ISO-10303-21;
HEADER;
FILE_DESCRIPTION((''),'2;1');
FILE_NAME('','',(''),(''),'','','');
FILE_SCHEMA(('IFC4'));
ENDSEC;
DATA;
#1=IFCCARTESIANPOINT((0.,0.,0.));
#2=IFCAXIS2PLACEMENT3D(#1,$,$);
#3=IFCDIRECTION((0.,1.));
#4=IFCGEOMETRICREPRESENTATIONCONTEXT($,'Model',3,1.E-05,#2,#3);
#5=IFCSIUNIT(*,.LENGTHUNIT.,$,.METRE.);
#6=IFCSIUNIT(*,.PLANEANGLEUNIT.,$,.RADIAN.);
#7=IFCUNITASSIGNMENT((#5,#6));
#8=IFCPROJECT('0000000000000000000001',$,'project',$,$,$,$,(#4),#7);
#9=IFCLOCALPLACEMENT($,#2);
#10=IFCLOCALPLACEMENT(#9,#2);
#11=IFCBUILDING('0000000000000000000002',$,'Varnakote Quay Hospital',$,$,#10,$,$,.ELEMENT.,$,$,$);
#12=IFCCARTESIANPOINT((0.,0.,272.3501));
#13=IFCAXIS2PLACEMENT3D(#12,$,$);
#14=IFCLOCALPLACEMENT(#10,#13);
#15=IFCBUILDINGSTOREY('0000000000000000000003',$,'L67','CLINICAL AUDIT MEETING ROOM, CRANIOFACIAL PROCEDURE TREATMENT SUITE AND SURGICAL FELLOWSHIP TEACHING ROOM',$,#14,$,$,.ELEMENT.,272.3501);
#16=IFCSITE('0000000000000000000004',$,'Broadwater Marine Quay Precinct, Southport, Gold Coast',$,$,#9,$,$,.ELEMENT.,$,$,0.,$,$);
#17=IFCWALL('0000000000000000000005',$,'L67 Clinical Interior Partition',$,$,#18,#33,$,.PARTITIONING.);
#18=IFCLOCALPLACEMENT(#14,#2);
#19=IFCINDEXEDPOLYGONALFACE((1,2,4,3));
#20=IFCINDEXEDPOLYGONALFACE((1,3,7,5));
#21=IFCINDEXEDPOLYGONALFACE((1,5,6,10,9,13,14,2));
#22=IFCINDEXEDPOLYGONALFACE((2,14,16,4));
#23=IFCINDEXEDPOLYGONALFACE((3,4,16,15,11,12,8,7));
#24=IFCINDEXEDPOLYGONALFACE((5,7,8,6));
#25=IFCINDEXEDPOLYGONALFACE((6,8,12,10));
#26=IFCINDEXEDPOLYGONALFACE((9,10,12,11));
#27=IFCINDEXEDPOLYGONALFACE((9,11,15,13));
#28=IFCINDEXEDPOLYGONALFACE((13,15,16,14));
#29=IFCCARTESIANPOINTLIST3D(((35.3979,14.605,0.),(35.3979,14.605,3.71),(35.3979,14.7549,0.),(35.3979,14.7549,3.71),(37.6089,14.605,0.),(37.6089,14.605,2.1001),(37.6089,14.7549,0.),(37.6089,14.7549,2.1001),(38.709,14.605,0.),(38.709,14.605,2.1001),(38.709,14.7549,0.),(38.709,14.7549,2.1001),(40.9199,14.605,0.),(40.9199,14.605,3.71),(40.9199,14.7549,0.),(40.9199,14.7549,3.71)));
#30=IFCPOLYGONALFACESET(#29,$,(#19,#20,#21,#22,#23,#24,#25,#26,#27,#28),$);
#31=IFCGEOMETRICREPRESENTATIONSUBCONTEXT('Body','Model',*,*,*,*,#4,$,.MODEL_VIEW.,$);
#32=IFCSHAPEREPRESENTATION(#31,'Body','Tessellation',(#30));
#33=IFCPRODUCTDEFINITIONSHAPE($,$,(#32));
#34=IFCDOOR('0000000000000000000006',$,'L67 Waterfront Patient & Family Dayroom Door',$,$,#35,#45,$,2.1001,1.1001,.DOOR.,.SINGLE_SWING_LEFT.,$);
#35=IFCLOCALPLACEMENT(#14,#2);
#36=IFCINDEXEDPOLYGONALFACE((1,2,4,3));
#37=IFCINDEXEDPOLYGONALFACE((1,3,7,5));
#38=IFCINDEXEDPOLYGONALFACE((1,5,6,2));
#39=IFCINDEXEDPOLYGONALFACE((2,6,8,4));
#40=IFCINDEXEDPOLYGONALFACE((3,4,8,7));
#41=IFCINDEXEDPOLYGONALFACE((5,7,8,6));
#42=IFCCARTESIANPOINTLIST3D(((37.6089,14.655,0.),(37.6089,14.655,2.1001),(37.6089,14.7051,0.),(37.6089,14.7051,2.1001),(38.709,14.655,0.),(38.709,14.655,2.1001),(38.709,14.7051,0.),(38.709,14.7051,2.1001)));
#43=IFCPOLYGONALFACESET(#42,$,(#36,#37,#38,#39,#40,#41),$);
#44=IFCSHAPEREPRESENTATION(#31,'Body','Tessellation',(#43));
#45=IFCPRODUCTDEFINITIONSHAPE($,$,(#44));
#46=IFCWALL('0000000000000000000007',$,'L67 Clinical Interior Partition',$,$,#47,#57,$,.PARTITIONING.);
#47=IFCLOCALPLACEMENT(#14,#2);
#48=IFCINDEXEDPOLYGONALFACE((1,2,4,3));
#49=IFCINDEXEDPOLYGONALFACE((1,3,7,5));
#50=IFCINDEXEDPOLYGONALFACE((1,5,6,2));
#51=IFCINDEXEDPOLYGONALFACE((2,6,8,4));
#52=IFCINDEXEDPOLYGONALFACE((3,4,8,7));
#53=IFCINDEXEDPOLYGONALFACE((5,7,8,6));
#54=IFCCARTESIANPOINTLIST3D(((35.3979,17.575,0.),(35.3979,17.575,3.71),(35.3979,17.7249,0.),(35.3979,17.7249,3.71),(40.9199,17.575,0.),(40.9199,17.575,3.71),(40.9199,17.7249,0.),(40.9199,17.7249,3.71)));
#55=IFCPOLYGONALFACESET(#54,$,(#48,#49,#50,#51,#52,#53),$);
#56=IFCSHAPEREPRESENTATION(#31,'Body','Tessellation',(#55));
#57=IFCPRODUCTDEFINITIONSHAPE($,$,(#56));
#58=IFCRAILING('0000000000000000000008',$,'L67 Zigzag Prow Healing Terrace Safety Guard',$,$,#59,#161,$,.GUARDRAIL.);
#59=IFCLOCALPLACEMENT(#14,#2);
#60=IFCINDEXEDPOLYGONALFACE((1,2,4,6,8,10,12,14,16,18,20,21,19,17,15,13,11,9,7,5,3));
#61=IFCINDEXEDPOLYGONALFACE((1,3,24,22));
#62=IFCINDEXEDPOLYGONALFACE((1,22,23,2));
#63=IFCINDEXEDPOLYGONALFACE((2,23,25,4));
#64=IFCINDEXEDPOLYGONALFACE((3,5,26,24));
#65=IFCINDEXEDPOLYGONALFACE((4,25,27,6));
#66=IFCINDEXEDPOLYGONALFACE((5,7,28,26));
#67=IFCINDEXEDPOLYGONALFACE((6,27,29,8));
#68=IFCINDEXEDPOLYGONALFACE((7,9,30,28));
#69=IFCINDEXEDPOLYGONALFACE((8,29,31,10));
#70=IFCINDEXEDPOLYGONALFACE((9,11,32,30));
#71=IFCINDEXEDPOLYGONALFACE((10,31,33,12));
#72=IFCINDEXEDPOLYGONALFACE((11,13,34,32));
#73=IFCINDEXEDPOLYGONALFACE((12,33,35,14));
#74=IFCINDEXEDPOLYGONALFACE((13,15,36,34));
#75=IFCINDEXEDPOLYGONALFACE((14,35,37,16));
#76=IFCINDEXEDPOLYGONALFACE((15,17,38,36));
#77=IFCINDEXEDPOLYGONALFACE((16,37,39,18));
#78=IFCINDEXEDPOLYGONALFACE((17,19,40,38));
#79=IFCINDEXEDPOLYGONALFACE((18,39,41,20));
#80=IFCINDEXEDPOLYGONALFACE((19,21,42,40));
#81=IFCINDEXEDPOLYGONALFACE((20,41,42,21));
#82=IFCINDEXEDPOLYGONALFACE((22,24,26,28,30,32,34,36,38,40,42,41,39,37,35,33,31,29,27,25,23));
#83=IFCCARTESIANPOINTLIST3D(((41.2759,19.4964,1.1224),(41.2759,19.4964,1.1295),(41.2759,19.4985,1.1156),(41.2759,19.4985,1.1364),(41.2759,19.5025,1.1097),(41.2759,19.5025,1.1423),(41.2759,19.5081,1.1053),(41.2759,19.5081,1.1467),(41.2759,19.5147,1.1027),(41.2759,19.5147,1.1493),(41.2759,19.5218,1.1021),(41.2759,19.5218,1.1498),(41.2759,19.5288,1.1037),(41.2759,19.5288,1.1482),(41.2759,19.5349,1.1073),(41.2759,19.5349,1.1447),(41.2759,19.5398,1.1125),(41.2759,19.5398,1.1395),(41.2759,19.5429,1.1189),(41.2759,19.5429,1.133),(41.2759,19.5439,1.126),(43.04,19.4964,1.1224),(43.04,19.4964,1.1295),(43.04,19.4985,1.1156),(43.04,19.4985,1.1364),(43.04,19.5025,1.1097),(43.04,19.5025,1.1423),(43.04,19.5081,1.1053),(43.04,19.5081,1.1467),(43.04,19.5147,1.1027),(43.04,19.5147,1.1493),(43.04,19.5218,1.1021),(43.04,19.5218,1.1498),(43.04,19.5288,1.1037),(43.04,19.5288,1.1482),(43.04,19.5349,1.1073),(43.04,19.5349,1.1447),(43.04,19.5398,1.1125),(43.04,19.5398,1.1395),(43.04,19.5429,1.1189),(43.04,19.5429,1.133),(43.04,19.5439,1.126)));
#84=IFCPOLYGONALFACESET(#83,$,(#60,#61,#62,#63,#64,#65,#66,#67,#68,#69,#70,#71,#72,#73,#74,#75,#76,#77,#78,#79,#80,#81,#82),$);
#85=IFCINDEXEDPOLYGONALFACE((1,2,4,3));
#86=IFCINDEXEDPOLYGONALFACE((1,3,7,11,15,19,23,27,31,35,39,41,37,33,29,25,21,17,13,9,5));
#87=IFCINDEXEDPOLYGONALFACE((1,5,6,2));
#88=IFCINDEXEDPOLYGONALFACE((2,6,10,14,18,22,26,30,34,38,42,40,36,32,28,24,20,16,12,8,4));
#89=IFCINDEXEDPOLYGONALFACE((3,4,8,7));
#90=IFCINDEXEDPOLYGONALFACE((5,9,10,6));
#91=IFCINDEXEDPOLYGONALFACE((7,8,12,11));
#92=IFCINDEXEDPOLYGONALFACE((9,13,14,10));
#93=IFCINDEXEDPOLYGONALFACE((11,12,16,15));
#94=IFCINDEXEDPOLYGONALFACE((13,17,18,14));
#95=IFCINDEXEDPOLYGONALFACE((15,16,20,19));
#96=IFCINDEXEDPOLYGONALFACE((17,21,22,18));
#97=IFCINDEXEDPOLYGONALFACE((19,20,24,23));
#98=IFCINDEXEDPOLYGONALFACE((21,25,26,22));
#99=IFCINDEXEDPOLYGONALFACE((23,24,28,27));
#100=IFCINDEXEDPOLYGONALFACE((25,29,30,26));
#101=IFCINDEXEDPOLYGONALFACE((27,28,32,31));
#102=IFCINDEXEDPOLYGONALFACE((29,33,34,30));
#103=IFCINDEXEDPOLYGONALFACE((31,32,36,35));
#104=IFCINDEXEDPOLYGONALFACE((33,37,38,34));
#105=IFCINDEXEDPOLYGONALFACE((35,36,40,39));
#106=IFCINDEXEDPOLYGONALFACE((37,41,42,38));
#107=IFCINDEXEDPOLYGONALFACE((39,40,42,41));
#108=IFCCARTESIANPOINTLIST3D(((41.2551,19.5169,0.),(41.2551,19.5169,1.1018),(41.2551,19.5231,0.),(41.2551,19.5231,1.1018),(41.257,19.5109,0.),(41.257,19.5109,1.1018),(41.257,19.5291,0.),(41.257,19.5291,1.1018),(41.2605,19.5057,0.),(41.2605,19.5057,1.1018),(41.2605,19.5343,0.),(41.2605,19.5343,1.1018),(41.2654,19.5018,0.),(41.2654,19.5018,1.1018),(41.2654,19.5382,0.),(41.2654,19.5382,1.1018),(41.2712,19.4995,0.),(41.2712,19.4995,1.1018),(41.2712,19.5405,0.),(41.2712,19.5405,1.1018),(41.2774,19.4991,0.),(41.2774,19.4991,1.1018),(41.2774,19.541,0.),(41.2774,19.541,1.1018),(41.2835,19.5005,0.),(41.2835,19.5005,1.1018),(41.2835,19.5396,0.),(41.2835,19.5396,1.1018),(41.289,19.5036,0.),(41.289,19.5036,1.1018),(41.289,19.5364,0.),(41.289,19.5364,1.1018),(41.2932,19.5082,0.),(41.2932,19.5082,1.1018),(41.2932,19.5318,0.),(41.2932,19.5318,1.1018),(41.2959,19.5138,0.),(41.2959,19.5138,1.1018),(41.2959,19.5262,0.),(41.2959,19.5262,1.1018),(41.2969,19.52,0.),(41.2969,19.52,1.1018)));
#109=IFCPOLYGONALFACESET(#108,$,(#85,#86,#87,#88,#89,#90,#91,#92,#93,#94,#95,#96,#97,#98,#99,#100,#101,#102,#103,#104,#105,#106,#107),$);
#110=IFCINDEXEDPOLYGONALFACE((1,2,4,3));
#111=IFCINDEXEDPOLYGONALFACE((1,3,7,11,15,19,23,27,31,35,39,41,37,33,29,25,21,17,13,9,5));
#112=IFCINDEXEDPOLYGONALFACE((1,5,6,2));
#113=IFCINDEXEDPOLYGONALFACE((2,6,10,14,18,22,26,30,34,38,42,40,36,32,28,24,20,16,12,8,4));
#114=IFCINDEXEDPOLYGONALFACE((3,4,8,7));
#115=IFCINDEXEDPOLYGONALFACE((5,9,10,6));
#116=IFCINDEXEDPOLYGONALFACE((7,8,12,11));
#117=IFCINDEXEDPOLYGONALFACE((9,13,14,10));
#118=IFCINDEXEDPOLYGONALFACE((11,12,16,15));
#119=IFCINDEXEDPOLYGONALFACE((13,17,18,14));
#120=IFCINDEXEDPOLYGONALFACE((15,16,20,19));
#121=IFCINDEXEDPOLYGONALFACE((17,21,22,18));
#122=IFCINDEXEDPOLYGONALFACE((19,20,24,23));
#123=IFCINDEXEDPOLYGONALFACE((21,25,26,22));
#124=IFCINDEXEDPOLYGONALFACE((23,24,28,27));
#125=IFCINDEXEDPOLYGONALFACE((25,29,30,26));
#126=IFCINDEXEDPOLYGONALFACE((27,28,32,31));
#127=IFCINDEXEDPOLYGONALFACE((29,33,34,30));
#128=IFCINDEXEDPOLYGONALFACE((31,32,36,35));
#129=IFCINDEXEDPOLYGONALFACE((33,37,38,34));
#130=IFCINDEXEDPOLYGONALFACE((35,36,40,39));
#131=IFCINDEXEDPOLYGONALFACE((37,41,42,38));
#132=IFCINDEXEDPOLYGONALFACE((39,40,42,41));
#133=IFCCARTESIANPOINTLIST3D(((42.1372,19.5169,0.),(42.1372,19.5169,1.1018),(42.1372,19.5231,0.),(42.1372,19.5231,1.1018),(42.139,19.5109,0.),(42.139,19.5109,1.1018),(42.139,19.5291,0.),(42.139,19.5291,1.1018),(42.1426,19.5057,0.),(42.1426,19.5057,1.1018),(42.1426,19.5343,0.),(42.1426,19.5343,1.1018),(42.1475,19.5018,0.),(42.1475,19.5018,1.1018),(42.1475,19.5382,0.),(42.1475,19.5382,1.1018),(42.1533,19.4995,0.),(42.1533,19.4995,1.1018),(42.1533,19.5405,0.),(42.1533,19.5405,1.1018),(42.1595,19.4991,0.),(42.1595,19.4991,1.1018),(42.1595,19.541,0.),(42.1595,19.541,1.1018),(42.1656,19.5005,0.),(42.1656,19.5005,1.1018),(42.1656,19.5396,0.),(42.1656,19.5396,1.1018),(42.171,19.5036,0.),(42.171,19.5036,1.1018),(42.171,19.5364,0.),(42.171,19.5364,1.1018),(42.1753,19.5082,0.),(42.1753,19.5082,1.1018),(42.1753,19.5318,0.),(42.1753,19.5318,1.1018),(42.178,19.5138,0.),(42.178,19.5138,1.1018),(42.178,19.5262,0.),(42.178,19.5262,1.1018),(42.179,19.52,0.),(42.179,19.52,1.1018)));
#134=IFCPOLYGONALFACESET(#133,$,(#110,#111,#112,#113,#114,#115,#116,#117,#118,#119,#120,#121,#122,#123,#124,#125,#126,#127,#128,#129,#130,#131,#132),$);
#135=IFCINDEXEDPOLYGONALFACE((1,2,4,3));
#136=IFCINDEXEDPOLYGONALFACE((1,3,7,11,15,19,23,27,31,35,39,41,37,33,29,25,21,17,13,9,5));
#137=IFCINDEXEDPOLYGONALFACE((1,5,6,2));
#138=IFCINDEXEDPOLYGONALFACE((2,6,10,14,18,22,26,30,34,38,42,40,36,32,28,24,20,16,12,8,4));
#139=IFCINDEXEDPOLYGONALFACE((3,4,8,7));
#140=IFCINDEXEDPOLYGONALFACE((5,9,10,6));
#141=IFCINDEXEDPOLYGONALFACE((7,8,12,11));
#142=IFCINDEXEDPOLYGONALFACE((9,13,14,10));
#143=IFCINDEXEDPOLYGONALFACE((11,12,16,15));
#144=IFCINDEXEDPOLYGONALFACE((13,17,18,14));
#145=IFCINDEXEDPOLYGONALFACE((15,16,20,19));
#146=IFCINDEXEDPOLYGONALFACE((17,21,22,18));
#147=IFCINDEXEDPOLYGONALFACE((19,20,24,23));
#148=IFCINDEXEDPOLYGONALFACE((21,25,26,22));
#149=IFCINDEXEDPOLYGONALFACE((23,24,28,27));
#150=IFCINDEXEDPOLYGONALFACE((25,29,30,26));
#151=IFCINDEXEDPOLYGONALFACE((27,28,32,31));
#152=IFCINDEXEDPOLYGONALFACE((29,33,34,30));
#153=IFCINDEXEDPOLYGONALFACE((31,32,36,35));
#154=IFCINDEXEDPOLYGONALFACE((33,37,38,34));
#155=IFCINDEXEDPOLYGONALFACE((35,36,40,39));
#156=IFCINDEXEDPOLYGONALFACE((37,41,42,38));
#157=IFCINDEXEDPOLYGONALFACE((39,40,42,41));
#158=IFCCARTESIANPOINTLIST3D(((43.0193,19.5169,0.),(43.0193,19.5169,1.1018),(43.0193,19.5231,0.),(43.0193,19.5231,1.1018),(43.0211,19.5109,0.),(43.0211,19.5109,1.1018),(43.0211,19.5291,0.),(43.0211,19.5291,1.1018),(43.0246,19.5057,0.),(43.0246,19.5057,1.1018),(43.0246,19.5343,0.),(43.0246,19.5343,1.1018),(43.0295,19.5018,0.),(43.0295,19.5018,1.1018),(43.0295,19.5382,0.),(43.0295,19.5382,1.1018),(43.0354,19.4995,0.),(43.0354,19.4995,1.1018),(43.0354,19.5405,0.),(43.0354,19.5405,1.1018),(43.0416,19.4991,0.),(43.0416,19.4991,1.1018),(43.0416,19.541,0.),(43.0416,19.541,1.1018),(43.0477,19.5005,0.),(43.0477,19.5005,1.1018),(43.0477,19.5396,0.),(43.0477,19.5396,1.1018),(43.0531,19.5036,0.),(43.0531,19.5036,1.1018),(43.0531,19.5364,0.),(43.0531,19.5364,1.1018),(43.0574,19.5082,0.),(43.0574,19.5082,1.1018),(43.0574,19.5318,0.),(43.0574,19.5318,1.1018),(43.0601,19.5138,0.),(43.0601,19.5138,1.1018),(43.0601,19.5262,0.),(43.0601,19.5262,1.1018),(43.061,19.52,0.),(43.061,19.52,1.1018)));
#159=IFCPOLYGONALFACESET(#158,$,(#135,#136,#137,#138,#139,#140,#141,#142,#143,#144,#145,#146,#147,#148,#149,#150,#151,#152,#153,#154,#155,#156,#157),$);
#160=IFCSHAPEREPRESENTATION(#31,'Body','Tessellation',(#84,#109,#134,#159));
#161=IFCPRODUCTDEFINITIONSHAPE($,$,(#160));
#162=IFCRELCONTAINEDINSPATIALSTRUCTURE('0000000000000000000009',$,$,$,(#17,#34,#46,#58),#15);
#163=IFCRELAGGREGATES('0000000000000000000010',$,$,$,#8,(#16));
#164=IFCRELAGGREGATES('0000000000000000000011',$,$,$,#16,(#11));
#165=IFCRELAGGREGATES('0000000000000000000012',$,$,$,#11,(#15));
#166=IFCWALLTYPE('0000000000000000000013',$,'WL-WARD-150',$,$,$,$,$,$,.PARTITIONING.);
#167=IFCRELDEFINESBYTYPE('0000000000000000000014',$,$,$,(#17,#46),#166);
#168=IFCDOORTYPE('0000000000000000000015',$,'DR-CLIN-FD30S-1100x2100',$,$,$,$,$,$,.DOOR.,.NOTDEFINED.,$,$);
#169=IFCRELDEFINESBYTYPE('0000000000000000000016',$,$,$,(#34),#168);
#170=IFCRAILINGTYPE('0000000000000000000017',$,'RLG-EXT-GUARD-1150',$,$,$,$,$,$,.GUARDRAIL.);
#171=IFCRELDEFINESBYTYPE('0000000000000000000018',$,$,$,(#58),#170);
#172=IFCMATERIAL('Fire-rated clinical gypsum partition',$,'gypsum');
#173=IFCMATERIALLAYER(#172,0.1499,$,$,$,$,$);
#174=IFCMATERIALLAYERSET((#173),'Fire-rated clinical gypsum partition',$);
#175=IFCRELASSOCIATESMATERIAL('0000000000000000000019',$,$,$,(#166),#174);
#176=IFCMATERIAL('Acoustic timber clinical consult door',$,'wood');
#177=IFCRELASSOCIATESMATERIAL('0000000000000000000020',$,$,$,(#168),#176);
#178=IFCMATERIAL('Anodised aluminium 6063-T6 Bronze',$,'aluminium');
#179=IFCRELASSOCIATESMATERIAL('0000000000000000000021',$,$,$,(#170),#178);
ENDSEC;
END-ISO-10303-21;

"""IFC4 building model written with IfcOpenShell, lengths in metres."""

from ifc_helpers import new_model, si_unit, direction, frame, frame_2d, origin, origin_2d, place, context, subcontext, project, spatial, rectangle, circle, extrude, material, layer, layer_set, type_object, element, fill, save


model = new_model("IFC4")

# Units and contexts
model_context = context("Model", 3, precision=1e-05, world=origin(), true_north=direction((0.0, 1.0)))
body_context = subcontext(model_context, "Body", "Model", "MODEL_VIEW")
ifc_project = project(units=[si_unit("LENGTHUNIT", "METRE"), si_unit("PLANEANGLEUNIT", "RADIAN")], contexts=[model_context])

# Site, building, storey
site_placement = place(None, origin())
site = spatial("IfcSite", under=ifc_project, at=site_placement, Name="Broadwater Marine Quay Precinct, Southport, Gold Coast", CompositionType="ELEMENT", RefElevation=0.0)
building_placement = place(site_placement, origin())
building = spatial("IfcBuilding", under=site, at=building_placement, Name="Varnakote Quay Hospital", CompositionType="ELEMENT")
storey_placement = place(building_placement, frame((0.0, 0.0, 272.3501)))
storey = spatial("IfcBuildingStorey", under=building, at=storey_placement, Name="L67", Description="CLINICAL AUDIT MEETING ROOM, CRANIOFACIAL PROCEDURE TREATMENT SUITE AND SURGICAL FELLOWSHIP TEACHING ROOM", CompositionType="ELEMENT", Elevation=272.3501)

# Wall, opening, door
ifc_material_1 = material(Name="Fire-rated clinical gypsum partition", Category="gypsum")
ifc_layer_1 = layer(ifc_material_1, 0.1499)
ifc_layer_set_1 = layer_set([ifc_layer_1], Name="Fire-rated clinical gypsum partition")
wall_type_1 = type_object("IfcWallType", Name="WL-WARD-150", PredefinedType="PARTITIONING", material=ifc_layer_set_1)
ifc_material_2 = material(Name="Acoustic timber clinical consult door", Category="wood")
door_type_1 = type_object("IfcDoorType", Name="DR-CLIN-FD30S-1100x2100", OperationType="NOTDEFINED", PredefinedType="DOOR", material=ifc_material_2)
wall_1_placement = place(storey_placement, frame((40.9199, 14.6799, 0.0), z_axis=(0.0, 0.0, 1.0), x_axis=(-1.0, 0.0, 0.0)))
wall_1 = element("IfcWall", 1, at=wall_1_placement, inside=storey, type_object=wall_type_1, Name="L67 Clinical Interior Partition", PredefinedType="PARTITIONING", context=body_context, shape_type="SweptSolid", body=[
    extrude(rectangle(XDim=5.522, YDim=0.1499, at=frame_2d((2.761, 0.0))), origin(), (0.0, 0.0, 1.0), 3.71),
])
opening_1_placement = place(wall_1_placement, frame((2.2109, 0.0, 0.0)))
opening_1 = element("IfcOpeningElement", 2, at=opening_1_placement, cuts=wall_1, PredefinedType="OPENING", context=body_context, shape_type="SweptSolid", body=[
    extrude(rectangle(XDim=1.1001, YDim=2.1001, at=frame_2d((0.55, 1.05))), frame((0.0, 0.085, 0.0), z_axis=(0.0, -1.0, 0.0), x_axis=(1.0, 0.0, 0.0)), (0.0, 0.0, 1.0), 0.1699),
])
door_1_placement = place(opening_1_placement, origin())
door_1 = element("IfcDoor", 3, at=door_1_placement, inside=storey, type_object=door_type_1, Name="L67 Waterfront Patient & Family Dayroom Door", OperationType="SINGLE_SWING_LEFT", OverallHeight=2.1001, OverallWidth=1.1001, PredefinedType="DOOR", context=body_context, shape_type="SweptSolid", body=[
    extrude(rectangle(XDim=1.1001, YDim=2.1001, at=frame_2d((0.55, 1.05))), frame((0.0, 0.0249, 0.0), z_axis=(0.0, -1.0, 0.0), x_axis=(1.0, 0.0, 0.0)), (0.0, 0.0, 1.0), 0.05),
])
fill(opening_1, door_1)

# Wall
wall_2_placement = place(storey_placement, frame((35.3979, 17.6499, 0.0), z_axis=(0.0, 0.0, 1.0), x_axis=(1.0, 0.0, 0.0)))
element("IfcWall", 4, at=wall_2_placement, inside=storey, type_object=wall_type_1, Name="L67 Clinical Interior Partition", PredefinedType="PARTITIONING", context=body_context, shape_type="SweptSolid", body=[
    extrude(rectangle(XDim=5.522, YDim=0.1499, at=frame_2d((2.761, 0.0))), origin(), (0.0, 0.0, 1.0), 3.71),
])

# Railing
ifc_material_3 = material(Name="Anodised aluminium 6063-T6 Bronze", Category="aluminium")
railing_type = type_object("IfcRailingType", Name="RLG-EXT-GUARD-1150", PredefinedType="GUARDRAIL", material=ifc_material_3)
railing_1_placement = place(storey_placement, frame((41.2759, 19.52, 0.0)))
element("IfcRailing", 5, at=railing_1_placement, inside=storey, type_object=railing_type, Name="L67 Zigzag Prow Healing Terrace Safety Guard", PredefinedType="GUARDRAIL", context=body_context, shape_type="SweptSolid", body=[
    extrude(circle(Radius=0.0239, at=origin_2d()), frame((0.0, 0.0, 1.126), z_axis=(1.0, 0.0, 0.0), x_axis=(0.0, 1.0, 0.0)), (0.0, 0.0, 1.0), 1.7642),
    extrude(circle(Radius=0.021, at=origin_2d()), origin(), (0.0, 0.0, 1.0), 1.1018),
    extrude(circle(Radius=0.021, at=origin_2d()), frame((0.8821, 0.0, 0.0)), (0.0, 0.0, 1.0), 1.1018),
    extrude(circle(Radius=0.021, at=origin_2d()), frame((1.7642, 0.0, 0.0)), (0.0, 0.0, 1.0), 1.1018),
])

save(model, "model.ifc")
